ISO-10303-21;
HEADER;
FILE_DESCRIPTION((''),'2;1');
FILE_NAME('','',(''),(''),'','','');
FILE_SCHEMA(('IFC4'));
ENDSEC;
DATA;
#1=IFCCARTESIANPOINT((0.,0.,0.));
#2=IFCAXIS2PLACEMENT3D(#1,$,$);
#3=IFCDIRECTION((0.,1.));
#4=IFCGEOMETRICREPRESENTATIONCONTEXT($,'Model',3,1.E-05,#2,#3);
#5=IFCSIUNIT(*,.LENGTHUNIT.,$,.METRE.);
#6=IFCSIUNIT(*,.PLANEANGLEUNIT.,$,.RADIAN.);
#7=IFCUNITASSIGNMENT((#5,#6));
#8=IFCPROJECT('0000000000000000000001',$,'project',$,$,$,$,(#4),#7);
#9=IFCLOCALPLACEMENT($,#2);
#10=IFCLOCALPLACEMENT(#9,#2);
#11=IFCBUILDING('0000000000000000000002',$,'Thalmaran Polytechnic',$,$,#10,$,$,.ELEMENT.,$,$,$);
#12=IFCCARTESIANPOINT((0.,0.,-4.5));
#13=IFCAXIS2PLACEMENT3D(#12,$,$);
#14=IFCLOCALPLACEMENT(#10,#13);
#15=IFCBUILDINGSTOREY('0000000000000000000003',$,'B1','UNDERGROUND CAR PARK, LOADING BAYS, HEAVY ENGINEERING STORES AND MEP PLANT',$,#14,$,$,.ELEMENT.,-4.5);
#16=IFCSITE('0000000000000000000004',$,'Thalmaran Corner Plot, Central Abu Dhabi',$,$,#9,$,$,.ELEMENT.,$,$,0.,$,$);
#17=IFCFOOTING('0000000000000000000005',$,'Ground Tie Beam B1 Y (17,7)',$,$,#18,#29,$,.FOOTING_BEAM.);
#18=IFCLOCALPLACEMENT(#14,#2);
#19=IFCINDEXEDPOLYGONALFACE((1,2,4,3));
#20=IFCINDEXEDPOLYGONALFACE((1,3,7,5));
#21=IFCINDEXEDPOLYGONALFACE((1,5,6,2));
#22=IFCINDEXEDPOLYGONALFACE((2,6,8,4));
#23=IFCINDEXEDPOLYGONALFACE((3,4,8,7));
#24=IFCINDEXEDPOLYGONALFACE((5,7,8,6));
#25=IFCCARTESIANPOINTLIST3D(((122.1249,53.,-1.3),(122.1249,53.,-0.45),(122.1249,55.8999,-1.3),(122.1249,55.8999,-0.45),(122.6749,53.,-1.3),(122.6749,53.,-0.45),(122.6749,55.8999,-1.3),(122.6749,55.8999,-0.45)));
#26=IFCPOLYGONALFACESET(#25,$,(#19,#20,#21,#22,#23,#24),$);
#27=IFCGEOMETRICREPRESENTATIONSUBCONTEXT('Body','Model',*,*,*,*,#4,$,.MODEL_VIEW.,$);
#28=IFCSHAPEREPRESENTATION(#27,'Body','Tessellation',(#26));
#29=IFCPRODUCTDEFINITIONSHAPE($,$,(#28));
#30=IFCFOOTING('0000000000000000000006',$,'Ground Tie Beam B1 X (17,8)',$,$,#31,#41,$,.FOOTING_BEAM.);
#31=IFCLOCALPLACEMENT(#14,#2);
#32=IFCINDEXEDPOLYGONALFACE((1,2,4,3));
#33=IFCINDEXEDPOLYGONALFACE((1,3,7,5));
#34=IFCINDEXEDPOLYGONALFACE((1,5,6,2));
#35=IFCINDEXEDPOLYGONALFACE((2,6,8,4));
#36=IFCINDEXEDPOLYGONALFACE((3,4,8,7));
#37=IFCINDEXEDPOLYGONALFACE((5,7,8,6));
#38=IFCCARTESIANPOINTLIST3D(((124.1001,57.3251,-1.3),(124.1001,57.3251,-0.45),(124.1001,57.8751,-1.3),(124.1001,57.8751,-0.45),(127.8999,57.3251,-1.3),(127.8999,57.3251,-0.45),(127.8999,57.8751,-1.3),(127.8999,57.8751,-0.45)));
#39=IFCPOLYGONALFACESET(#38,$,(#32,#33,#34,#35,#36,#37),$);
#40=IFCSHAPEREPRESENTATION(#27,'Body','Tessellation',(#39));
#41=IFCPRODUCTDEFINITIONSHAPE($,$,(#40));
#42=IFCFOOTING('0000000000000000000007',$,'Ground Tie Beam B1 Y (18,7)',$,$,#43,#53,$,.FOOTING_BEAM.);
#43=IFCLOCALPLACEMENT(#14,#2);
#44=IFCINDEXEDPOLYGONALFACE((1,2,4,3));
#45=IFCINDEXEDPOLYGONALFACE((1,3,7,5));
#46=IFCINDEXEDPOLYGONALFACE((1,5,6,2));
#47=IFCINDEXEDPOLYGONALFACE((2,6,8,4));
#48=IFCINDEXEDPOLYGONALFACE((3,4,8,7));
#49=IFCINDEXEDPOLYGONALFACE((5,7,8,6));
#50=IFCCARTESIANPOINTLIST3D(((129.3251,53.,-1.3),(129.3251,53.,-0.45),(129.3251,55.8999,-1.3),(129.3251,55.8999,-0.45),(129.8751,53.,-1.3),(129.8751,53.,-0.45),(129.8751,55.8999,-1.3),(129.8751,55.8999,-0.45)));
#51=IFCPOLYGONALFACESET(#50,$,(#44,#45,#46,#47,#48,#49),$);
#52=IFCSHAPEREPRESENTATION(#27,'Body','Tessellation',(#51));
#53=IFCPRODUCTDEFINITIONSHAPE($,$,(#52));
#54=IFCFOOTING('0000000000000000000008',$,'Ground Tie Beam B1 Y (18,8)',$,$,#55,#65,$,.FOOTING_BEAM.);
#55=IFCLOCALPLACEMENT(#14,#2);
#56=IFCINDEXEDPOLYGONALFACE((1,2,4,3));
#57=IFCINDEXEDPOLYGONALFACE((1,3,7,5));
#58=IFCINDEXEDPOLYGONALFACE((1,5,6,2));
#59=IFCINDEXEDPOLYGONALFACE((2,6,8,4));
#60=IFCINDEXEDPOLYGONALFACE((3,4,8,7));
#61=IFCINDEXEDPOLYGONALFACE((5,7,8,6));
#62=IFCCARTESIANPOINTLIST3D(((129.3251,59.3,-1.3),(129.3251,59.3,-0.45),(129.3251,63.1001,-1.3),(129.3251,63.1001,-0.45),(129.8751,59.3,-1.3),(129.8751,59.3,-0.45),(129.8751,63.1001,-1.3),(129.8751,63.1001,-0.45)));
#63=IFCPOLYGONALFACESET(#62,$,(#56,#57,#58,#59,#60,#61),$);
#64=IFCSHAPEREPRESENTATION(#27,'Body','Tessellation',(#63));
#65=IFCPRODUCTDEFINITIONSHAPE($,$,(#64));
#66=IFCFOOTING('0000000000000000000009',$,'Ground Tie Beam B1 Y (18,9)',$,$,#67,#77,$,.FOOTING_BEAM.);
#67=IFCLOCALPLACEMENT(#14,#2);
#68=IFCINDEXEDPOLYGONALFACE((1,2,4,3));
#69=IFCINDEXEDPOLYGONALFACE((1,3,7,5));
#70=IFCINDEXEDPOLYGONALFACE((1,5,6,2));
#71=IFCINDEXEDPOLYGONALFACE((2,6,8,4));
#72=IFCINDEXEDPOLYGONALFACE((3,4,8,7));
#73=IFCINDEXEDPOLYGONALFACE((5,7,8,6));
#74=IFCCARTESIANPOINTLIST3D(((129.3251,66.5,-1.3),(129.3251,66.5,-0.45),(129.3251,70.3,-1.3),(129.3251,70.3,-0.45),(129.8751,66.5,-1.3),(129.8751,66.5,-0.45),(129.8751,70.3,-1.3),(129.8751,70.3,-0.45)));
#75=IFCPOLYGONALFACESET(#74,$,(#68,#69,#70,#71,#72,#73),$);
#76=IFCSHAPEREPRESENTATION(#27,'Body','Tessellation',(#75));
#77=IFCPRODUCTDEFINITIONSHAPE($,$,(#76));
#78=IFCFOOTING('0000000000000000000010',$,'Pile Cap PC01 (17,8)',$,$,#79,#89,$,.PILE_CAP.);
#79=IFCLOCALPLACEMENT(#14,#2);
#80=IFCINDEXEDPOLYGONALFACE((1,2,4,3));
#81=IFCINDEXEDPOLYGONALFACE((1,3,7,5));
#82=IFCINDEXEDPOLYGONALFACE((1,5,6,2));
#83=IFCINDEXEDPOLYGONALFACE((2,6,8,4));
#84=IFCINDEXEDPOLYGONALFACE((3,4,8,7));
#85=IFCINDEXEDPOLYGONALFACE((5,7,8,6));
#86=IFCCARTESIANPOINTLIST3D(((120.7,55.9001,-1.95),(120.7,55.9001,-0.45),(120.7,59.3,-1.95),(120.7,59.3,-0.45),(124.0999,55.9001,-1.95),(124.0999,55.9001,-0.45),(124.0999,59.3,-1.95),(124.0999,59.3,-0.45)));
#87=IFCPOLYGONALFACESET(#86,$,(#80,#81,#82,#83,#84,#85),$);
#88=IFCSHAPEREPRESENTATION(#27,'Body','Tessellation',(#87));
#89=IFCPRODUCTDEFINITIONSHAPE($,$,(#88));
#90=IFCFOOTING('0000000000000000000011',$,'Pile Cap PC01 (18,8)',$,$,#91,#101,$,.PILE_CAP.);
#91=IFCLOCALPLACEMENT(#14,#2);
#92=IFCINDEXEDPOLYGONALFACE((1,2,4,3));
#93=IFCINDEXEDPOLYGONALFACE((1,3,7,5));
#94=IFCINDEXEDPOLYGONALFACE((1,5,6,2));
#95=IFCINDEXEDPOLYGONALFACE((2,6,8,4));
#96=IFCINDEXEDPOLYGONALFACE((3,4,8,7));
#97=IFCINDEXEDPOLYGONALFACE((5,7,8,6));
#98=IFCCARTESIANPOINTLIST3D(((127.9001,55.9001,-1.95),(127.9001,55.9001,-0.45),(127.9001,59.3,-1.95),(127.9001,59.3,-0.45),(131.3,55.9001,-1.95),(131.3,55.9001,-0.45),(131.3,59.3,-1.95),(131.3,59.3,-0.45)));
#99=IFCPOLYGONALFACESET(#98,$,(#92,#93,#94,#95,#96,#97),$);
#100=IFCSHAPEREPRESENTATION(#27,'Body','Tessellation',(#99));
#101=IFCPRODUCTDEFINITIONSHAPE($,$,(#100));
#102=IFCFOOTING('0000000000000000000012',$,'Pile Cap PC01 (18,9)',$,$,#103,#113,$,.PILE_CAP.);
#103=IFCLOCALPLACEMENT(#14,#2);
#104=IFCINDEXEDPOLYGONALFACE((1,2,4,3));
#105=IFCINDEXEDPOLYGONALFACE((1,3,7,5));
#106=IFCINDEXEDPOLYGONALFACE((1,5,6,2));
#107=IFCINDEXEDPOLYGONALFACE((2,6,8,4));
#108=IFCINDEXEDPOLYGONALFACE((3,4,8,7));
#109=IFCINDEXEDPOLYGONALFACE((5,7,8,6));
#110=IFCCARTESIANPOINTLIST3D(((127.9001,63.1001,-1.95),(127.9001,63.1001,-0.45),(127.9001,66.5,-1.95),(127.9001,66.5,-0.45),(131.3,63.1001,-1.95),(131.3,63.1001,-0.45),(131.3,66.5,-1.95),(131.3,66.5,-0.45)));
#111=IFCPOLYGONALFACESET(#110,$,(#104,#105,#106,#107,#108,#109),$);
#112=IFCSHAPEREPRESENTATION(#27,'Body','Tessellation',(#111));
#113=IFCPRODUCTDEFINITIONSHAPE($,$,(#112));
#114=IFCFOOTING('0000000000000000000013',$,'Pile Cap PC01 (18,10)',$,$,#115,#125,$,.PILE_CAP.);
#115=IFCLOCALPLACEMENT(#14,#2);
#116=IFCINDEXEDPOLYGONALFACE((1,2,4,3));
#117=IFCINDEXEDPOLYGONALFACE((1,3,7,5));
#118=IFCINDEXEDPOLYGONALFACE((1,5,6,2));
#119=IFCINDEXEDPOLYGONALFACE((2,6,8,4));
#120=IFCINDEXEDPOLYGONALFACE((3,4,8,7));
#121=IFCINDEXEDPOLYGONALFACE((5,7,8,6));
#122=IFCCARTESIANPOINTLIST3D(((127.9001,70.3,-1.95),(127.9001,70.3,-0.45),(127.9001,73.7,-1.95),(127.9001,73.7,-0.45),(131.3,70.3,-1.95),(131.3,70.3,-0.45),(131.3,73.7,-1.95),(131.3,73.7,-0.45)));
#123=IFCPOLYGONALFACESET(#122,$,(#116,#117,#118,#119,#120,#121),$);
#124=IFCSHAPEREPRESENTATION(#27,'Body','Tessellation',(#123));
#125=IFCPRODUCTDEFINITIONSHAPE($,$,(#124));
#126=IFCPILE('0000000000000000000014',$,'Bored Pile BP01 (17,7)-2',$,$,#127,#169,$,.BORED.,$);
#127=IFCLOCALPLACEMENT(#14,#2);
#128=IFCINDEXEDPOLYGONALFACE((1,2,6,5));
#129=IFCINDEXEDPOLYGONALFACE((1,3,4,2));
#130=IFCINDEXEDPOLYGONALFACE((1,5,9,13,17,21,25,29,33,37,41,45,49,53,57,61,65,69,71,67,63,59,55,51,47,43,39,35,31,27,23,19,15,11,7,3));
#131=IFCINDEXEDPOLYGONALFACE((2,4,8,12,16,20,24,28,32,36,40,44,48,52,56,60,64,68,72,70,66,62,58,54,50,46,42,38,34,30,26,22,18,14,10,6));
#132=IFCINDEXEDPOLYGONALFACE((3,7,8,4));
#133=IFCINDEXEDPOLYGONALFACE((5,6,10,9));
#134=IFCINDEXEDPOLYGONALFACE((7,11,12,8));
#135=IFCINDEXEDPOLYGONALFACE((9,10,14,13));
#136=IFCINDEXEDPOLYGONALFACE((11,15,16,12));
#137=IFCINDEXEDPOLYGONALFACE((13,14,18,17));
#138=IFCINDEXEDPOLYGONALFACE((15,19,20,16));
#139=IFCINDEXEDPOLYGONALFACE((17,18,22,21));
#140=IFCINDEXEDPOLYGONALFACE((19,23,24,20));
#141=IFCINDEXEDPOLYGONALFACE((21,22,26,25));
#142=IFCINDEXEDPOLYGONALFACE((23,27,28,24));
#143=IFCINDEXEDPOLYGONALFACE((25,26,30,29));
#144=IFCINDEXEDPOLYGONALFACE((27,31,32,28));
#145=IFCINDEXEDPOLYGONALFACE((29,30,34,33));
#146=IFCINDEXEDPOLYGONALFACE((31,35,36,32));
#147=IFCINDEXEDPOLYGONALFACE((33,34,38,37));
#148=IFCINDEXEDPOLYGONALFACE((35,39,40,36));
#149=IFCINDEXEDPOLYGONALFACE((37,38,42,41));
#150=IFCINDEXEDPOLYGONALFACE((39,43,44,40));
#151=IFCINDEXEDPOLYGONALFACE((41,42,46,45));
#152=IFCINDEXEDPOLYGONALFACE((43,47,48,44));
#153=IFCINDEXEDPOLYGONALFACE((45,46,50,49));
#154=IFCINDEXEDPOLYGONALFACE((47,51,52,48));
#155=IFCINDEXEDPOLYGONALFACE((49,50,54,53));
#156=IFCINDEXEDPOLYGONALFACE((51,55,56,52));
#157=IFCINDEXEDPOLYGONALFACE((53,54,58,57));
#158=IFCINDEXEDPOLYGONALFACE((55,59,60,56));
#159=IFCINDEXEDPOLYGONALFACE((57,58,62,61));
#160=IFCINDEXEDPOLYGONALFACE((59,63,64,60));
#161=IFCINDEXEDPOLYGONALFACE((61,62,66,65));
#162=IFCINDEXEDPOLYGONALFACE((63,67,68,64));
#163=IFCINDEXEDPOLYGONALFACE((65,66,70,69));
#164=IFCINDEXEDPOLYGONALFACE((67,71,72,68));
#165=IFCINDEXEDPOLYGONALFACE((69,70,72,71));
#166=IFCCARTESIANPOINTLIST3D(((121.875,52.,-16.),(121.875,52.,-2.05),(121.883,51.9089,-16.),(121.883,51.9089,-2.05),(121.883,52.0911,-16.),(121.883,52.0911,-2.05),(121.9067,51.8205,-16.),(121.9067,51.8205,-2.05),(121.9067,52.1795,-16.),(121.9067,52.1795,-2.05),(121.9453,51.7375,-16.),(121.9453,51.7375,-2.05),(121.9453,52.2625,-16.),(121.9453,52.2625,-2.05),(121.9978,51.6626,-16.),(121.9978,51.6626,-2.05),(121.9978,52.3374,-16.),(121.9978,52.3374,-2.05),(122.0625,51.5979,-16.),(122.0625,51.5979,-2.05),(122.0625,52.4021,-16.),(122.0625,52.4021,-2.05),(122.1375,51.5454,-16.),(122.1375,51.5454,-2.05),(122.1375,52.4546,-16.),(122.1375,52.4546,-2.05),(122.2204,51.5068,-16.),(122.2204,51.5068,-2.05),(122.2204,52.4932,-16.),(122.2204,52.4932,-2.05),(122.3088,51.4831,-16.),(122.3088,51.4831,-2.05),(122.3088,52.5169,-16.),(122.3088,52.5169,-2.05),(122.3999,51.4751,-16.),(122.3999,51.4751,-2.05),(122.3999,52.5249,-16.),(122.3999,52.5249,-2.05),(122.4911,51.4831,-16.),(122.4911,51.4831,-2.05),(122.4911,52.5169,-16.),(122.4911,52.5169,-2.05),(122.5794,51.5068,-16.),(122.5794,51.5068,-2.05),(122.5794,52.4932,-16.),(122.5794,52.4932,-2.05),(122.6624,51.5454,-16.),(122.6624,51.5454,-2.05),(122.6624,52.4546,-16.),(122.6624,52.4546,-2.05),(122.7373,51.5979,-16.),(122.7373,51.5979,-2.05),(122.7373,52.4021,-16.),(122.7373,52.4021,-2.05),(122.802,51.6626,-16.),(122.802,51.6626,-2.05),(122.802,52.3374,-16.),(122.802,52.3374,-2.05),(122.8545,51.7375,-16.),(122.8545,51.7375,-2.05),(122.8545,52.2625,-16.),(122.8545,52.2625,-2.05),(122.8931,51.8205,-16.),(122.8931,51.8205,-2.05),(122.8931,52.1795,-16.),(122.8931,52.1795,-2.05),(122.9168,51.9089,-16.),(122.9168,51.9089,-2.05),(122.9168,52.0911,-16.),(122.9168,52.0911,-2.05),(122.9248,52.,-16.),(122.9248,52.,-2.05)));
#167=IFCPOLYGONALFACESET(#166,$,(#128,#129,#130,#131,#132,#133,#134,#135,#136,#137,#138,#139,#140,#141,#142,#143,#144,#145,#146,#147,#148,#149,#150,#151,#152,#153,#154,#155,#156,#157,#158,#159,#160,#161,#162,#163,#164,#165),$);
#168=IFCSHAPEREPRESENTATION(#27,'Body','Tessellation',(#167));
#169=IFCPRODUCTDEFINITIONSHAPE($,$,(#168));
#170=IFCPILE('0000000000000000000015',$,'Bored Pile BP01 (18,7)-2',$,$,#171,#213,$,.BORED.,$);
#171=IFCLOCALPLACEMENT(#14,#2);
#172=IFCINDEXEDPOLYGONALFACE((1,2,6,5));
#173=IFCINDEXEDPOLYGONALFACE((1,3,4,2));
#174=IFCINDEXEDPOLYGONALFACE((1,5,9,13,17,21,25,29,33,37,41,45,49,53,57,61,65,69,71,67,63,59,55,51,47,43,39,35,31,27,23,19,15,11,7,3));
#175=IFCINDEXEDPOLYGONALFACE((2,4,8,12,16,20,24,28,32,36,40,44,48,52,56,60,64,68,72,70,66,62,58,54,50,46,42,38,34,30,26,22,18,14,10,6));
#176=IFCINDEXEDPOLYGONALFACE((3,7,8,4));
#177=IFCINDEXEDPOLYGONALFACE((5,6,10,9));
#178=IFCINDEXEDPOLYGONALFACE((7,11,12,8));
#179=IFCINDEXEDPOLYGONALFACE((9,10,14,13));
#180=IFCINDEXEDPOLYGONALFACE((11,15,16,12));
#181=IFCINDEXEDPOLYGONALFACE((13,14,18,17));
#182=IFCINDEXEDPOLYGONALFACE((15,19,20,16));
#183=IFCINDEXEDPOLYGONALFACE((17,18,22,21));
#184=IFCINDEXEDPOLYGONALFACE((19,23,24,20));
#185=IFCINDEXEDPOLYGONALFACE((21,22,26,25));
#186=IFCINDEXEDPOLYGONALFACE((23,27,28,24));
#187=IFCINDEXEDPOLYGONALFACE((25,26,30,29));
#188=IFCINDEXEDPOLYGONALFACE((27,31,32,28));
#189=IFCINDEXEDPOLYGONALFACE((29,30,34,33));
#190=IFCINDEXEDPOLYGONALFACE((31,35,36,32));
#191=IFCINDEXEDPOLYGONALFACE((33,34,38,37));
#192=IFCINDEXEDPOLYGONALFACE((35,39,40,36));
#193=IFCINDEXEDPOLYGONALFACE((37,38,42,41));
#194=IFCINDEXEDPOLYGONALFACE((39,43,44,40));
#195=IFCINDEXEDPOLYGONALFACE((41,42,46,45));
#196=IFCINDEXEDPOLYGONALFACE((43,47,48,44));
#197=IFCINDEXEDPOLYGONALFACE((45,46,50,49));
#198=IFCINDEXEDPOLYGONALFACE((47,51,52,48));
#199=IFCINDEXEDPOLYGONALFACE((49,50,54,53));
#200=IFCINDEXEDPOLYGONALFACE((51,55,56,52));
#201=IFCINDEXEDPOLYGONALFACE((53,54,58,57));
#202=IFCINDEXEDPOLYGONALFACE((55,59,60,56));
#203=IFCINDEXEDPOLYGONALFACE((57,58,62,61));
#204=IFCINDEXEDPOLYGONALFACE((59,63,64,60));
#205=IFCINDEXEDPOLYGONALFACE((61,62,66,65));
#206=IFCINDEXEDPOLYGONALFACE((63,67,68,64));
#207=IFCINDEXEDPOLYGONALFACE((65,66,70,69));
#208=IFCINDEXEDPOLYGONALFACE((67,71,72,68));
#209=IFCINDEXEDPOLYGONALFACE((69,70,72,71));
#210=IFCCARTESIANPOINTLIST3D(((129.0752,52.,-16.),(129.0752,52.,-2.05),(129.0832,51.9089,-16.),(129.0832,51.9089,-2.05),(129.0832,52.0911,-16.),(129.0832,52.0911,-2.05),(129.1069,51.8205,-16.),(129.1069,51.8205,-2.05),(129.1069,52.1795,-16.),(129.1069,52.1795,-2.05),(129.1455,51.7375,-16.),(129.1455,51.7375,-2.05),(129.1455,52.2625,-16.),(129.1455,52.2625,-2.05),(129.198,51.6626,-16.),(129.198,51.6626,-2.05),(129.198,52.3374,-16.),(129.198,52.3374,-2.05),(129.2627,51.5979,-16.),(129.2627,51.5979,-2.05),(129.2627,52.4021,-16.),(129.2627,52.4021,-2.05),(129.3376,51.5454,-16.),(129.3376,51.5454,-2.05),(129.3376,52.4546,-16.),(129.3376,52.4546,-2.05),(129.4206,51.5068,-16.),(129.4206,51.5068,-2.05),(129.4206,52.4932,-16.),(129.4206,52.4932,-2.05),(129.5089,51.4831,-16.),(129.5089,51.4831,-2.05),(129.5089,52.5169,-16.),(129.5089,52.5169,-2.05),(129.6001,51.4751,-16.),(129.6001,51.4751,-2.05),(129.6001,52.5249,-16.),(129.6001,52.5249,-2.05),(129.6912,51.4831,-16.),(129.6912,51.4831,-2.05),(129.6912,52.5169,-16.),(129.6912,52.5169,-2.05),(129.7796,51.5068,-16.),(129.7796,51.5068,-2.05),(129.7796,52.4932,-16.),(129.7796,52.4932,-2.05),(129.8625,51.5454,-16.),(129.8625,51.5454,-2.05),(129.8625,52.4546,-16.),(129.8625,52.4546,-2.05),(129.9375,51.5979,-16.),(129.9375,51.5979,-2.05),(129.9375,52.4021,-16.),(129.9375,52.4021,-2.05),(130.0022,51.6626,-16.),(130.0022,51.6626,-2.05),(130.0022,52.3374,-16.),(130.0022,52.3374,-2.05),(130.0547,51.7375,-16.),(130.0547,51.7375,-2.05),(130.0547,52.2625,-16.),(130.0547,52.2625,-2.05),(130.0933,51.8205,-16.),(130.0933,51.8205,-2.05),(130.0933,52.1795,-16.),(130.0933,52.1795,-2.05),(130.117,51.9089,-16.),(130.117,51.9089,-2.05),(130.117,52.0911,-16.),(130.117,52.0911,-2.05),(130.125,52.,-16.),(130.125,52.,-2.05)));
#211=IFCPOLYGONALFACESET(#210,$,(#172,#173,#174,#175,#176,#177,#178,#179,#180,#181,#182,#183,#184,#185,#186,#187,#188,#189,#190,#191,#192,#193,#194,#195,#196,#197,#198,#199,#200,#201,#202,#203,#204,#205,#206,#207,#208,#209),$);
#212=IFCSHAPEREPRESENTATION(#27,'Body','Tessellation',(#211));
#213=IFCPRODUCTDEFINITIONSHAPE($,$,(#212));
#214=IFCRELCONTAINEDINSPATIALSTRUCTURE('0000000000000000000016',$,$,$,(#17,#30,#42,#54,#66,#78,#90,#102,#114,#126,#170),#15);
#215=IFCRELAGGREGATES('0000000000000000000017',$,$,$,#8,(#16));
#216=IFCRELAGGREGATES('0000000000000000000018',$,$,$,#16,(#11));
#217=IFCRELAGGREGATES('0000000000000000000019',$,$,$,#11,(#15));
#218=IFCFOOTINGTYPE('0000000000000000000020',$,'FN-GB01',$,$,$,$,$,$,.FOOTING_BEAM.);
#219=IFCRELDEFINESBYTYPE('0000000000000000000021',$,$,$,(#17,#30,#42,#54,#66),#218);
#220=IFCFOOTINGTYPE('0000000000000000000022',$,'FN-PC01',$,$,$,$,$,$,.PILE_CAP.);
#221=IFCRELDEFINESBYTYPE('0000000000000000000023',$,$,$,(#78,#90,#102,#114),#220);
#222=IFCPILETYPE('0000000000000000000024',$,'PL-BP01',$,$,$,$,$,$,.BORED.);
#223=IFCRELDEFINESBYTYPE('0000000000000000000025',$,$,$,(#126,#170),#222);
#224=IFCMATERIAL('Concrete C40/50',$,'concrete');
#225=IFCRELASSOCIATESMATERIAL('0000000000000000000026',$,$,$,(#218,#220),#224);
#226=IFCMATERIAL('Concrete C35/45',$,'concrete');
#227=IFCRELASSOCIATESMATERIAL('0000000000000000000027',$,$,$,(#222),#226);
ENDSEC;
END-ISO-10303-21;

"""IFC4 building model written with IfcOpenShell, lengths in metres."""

from ifc_helpers import new_model, si_unit, direction, frame, origin, origin_2d, place, context, subcontext, project, spatial, rectangle, circle, extrude, material, material_profile, profile_set, type_object, element, save


model = new_model("IFC4")

# Units and contexts
model_context = context("Model", 3, precision=1e-05, world=origin(), true_north=direction((0.0, 1.0)))
body_context = subcontext(model_context, "Body", "Model", "MODEL_VIEW")
ifc_project = project(units=[si_unit("LENGTHUNIT", "METRE"), si_unit("PLANEANGLEUNIT", "RADIAN")], contexts=[model_context])

# Site, building, storey
site_placement = place(None, origin())
site = spatial("IfcSite", under=ifc_project, at=site_placement, Name="Thalmaran Corner Plot, Central Abu Dhabi", CompositionType="ELEMENT", RefElevation=0.0)
building_placement = place(site_placement, origin())
building = spatial("IfcBuilding", under=site, at=building_placement, Name="Thalmaran Polytechnic", CompositionType="ELEMENT")
storey_placement = place(building_placement, frame((0.0, 0.0, -4.5)))
storey = spatial("IfcBuildingStorey", under=building, at=storey_placement, Name="B1", Description="UNDERGROUND CAR PARK, LOADING BAYS, HEAVY ENGINEERING STORES AND MEP PLANT", CompositionType="ELEMENT", Elevation=-4.5)

# Footings
ifc_material_1 = material(Name="Concrete C40/50", Category="concrete")
ifc_material_profile_1 = material_profile(ifc_material_1, rectangle(XDim=0.55, YDim=0.8501, at=origin_2d()), Name="RC 550x850")
ifc_profile_set_1 = profile_set([ifc_material_profile_1], Name="Concrete C40/50")
footing_type_1 = type_object("IfcFootingType", Name="FN-GB01", PredefinedType="FOOTING_BEAM", material=ifc_profile_set_1)
footing_1_placement = place(storey_placement, frame((122.3999, 53.0, -0.875), z_axis=(0.0, 1.0, 0.0), x_axis=(-1.0, 0.0, 0.0)))
element("IfcFooting", 1, at=footing_1_placement, inside=storey, type_object=footing_type_1, Name="Ground Tie Beam B1 Y (17,7)", PredefinedType="FOOTING_BEAM", context=body_context, shape_type="SweptSolid", body=[
    extrude(rectangle(XDim=0.55, YDim=0.8501, at=origin_2d()), origin(), (0.0, 0.0, 1.0), 2.8999),
])
footing_2_placement = place(storey_placement, frame((124.1001, 57.6001, -0.875), z_axis=(1.0, 0.0, 0.0), x_axis=(0.0, 1.0, 0.0)))
element("IfcFooting", 2, at=footing_2_placement, inside=storey, type_object=footing_type_1, Name="Ground Tie Beam B1 X (17,8)", PredefinedType="FOOTING_BEAM", context=body_context, shape_type="SweptSolid", body=[
    extrude(rectangle(XDim=0.55, YDim=0.8501, at=origin_2d()), origin(), (0.0, 0.0, 1.0), 3.7998),
])
footing_3_placement = place(storey_placement, frame((129.6001, 53.0, -0.875), z_axis=(0.0, 1.0, 0.0), x_axis=(-1.0, 0.0, 0.0)))
element("IfcFooting", 3, at=footing_3_placement, inside=storey, type_object=footing_type_1, Name="Ground Tie Beam B1 Y (18,7)", PredefinedType="FOOTING_BEAM", context=body_context, shape_type="SweptSolid", body=[
    extrude(rectangle(XDim=0.55, YDim=0.8501, at=origin_2d()), origin(), (0.0, 0.0, 1.0), 2.8999),
])
for number, where, z_axis, x_axis, name in (
    (4, (129.6001, 59.3, -0.875), (0.0, 1.0, 0.0), (-1.0, 0.0, 0.0), "Ground Tie Beam B1 Y (18,8)"),
    (5, (129.6001, 66.5, -0.875), (0.0, 1.0, 0.0), (-1.0, 0.0, 0.0), "Ground Tie Beam B1 Y (18,9)"),
):
    element("IfcFooting", number, at=place(storey_placement, frame(where, z_axis=z_axis, x_axis=x_axis)), inside=storey, type_object=footing_type_1, Name=name, PredefinedType="FOOTING_BEAM", context=body_context, shape_type="SweptSolid", body=[
        extrude(rectangle(XDim=0.55, YDim=0.8501, at=origin_2d()), origin(), (0.0, 0.0, 1.0), 3.8),
    ])
footing_type_2 = type_object("IfcFootingType", Name="FN-PC01", PredefinedType="PILE_CAP", material=ifc_material_1)
for number, where, z_axis, x_axis, name in (
    (6, (122.3999, 57.6001, -1.95), (0.0, 0.0, 1.0), (1.0, 0.0, 0.0), "Pile Cap PC01 (17,8)"),
    (7, (129.6001, 57.6001, -1.95), (0.0, 0.0, 1.0), (1.0, 0.0, 0.0), "Pile Cap PC01 (18,8)"),
    (8, (129.6001, 64.8, -1.95), (0.0, 0.0, 1.0), (1.0, 0.0, 0.0), "Pile Cap PC01 (18,9)"),
    (9, (129.6001, 72.0, -1.95), (0.0, 0.0, 1.0), (1.0, 0.0, 0.0), "Pile Cap PC01 (18,10)"),
):
    element("IfcFooting", number, at=place(storey_placement, frame(where, z_axis=z_axis, x_axis=x_axis)), inside=storey, type_object=footing_type_2, Name=name, PredefinedType="PILE_CAP", context=body_context, shape_type="SweptSolid", body=[
        extrude(rectangle(XDim=3.3999, YDim=3.3999, at=origin_2d()), origin(), (0.0, 0.0, 1.0), 1.5),
    ])

# Piles
ifc_material_2 = material(Name="Concrete C35/45", Category="concrete")
ifc_material_profile_2 = material_profile(ifc_material_2, circle(Radius=0.5249, at=origin_2d()), Name="RC 1050 DIA")
ifc_profile_set_2 = profile_set([ifc_material_profile_2], Name="Concrete C35/45")
pile_type_1 = type_object("IfcPileType", Name="PL-BP01", PredefinedType="BORED", material=ifc_profile_set_2)
for number, where, z_axis, x_axis, name in (
    (10, (122.3999, 52.0, -2.05), (0.0, 0.0, -1.0), (1.0, 0.0, 0.0), "Bored Pile BP01 (17,7)-2"),
    (11, (129.6001, 52.0, -2.05), (0.0, 0.0, -1.0), (1.0, 0.0, 0.0), "Bored Pile BP01 (18,7)-2"),
):
    element("IfcPile", number, at=place(storey_placement, frame(where, z_axis=z_axis, x_axis=x_axis)), inside=storey, type_object=pile_type_1, Name=name, PredefinedType="BORED", context=body_context, shape_type="SweptSolid", body=[
        extrude(circle(Radius=0.5249, at=origin_2d()), origin(), (0.0, 0.0, 1.0), 13.95),
    ])

save(model, "model.ifc")
